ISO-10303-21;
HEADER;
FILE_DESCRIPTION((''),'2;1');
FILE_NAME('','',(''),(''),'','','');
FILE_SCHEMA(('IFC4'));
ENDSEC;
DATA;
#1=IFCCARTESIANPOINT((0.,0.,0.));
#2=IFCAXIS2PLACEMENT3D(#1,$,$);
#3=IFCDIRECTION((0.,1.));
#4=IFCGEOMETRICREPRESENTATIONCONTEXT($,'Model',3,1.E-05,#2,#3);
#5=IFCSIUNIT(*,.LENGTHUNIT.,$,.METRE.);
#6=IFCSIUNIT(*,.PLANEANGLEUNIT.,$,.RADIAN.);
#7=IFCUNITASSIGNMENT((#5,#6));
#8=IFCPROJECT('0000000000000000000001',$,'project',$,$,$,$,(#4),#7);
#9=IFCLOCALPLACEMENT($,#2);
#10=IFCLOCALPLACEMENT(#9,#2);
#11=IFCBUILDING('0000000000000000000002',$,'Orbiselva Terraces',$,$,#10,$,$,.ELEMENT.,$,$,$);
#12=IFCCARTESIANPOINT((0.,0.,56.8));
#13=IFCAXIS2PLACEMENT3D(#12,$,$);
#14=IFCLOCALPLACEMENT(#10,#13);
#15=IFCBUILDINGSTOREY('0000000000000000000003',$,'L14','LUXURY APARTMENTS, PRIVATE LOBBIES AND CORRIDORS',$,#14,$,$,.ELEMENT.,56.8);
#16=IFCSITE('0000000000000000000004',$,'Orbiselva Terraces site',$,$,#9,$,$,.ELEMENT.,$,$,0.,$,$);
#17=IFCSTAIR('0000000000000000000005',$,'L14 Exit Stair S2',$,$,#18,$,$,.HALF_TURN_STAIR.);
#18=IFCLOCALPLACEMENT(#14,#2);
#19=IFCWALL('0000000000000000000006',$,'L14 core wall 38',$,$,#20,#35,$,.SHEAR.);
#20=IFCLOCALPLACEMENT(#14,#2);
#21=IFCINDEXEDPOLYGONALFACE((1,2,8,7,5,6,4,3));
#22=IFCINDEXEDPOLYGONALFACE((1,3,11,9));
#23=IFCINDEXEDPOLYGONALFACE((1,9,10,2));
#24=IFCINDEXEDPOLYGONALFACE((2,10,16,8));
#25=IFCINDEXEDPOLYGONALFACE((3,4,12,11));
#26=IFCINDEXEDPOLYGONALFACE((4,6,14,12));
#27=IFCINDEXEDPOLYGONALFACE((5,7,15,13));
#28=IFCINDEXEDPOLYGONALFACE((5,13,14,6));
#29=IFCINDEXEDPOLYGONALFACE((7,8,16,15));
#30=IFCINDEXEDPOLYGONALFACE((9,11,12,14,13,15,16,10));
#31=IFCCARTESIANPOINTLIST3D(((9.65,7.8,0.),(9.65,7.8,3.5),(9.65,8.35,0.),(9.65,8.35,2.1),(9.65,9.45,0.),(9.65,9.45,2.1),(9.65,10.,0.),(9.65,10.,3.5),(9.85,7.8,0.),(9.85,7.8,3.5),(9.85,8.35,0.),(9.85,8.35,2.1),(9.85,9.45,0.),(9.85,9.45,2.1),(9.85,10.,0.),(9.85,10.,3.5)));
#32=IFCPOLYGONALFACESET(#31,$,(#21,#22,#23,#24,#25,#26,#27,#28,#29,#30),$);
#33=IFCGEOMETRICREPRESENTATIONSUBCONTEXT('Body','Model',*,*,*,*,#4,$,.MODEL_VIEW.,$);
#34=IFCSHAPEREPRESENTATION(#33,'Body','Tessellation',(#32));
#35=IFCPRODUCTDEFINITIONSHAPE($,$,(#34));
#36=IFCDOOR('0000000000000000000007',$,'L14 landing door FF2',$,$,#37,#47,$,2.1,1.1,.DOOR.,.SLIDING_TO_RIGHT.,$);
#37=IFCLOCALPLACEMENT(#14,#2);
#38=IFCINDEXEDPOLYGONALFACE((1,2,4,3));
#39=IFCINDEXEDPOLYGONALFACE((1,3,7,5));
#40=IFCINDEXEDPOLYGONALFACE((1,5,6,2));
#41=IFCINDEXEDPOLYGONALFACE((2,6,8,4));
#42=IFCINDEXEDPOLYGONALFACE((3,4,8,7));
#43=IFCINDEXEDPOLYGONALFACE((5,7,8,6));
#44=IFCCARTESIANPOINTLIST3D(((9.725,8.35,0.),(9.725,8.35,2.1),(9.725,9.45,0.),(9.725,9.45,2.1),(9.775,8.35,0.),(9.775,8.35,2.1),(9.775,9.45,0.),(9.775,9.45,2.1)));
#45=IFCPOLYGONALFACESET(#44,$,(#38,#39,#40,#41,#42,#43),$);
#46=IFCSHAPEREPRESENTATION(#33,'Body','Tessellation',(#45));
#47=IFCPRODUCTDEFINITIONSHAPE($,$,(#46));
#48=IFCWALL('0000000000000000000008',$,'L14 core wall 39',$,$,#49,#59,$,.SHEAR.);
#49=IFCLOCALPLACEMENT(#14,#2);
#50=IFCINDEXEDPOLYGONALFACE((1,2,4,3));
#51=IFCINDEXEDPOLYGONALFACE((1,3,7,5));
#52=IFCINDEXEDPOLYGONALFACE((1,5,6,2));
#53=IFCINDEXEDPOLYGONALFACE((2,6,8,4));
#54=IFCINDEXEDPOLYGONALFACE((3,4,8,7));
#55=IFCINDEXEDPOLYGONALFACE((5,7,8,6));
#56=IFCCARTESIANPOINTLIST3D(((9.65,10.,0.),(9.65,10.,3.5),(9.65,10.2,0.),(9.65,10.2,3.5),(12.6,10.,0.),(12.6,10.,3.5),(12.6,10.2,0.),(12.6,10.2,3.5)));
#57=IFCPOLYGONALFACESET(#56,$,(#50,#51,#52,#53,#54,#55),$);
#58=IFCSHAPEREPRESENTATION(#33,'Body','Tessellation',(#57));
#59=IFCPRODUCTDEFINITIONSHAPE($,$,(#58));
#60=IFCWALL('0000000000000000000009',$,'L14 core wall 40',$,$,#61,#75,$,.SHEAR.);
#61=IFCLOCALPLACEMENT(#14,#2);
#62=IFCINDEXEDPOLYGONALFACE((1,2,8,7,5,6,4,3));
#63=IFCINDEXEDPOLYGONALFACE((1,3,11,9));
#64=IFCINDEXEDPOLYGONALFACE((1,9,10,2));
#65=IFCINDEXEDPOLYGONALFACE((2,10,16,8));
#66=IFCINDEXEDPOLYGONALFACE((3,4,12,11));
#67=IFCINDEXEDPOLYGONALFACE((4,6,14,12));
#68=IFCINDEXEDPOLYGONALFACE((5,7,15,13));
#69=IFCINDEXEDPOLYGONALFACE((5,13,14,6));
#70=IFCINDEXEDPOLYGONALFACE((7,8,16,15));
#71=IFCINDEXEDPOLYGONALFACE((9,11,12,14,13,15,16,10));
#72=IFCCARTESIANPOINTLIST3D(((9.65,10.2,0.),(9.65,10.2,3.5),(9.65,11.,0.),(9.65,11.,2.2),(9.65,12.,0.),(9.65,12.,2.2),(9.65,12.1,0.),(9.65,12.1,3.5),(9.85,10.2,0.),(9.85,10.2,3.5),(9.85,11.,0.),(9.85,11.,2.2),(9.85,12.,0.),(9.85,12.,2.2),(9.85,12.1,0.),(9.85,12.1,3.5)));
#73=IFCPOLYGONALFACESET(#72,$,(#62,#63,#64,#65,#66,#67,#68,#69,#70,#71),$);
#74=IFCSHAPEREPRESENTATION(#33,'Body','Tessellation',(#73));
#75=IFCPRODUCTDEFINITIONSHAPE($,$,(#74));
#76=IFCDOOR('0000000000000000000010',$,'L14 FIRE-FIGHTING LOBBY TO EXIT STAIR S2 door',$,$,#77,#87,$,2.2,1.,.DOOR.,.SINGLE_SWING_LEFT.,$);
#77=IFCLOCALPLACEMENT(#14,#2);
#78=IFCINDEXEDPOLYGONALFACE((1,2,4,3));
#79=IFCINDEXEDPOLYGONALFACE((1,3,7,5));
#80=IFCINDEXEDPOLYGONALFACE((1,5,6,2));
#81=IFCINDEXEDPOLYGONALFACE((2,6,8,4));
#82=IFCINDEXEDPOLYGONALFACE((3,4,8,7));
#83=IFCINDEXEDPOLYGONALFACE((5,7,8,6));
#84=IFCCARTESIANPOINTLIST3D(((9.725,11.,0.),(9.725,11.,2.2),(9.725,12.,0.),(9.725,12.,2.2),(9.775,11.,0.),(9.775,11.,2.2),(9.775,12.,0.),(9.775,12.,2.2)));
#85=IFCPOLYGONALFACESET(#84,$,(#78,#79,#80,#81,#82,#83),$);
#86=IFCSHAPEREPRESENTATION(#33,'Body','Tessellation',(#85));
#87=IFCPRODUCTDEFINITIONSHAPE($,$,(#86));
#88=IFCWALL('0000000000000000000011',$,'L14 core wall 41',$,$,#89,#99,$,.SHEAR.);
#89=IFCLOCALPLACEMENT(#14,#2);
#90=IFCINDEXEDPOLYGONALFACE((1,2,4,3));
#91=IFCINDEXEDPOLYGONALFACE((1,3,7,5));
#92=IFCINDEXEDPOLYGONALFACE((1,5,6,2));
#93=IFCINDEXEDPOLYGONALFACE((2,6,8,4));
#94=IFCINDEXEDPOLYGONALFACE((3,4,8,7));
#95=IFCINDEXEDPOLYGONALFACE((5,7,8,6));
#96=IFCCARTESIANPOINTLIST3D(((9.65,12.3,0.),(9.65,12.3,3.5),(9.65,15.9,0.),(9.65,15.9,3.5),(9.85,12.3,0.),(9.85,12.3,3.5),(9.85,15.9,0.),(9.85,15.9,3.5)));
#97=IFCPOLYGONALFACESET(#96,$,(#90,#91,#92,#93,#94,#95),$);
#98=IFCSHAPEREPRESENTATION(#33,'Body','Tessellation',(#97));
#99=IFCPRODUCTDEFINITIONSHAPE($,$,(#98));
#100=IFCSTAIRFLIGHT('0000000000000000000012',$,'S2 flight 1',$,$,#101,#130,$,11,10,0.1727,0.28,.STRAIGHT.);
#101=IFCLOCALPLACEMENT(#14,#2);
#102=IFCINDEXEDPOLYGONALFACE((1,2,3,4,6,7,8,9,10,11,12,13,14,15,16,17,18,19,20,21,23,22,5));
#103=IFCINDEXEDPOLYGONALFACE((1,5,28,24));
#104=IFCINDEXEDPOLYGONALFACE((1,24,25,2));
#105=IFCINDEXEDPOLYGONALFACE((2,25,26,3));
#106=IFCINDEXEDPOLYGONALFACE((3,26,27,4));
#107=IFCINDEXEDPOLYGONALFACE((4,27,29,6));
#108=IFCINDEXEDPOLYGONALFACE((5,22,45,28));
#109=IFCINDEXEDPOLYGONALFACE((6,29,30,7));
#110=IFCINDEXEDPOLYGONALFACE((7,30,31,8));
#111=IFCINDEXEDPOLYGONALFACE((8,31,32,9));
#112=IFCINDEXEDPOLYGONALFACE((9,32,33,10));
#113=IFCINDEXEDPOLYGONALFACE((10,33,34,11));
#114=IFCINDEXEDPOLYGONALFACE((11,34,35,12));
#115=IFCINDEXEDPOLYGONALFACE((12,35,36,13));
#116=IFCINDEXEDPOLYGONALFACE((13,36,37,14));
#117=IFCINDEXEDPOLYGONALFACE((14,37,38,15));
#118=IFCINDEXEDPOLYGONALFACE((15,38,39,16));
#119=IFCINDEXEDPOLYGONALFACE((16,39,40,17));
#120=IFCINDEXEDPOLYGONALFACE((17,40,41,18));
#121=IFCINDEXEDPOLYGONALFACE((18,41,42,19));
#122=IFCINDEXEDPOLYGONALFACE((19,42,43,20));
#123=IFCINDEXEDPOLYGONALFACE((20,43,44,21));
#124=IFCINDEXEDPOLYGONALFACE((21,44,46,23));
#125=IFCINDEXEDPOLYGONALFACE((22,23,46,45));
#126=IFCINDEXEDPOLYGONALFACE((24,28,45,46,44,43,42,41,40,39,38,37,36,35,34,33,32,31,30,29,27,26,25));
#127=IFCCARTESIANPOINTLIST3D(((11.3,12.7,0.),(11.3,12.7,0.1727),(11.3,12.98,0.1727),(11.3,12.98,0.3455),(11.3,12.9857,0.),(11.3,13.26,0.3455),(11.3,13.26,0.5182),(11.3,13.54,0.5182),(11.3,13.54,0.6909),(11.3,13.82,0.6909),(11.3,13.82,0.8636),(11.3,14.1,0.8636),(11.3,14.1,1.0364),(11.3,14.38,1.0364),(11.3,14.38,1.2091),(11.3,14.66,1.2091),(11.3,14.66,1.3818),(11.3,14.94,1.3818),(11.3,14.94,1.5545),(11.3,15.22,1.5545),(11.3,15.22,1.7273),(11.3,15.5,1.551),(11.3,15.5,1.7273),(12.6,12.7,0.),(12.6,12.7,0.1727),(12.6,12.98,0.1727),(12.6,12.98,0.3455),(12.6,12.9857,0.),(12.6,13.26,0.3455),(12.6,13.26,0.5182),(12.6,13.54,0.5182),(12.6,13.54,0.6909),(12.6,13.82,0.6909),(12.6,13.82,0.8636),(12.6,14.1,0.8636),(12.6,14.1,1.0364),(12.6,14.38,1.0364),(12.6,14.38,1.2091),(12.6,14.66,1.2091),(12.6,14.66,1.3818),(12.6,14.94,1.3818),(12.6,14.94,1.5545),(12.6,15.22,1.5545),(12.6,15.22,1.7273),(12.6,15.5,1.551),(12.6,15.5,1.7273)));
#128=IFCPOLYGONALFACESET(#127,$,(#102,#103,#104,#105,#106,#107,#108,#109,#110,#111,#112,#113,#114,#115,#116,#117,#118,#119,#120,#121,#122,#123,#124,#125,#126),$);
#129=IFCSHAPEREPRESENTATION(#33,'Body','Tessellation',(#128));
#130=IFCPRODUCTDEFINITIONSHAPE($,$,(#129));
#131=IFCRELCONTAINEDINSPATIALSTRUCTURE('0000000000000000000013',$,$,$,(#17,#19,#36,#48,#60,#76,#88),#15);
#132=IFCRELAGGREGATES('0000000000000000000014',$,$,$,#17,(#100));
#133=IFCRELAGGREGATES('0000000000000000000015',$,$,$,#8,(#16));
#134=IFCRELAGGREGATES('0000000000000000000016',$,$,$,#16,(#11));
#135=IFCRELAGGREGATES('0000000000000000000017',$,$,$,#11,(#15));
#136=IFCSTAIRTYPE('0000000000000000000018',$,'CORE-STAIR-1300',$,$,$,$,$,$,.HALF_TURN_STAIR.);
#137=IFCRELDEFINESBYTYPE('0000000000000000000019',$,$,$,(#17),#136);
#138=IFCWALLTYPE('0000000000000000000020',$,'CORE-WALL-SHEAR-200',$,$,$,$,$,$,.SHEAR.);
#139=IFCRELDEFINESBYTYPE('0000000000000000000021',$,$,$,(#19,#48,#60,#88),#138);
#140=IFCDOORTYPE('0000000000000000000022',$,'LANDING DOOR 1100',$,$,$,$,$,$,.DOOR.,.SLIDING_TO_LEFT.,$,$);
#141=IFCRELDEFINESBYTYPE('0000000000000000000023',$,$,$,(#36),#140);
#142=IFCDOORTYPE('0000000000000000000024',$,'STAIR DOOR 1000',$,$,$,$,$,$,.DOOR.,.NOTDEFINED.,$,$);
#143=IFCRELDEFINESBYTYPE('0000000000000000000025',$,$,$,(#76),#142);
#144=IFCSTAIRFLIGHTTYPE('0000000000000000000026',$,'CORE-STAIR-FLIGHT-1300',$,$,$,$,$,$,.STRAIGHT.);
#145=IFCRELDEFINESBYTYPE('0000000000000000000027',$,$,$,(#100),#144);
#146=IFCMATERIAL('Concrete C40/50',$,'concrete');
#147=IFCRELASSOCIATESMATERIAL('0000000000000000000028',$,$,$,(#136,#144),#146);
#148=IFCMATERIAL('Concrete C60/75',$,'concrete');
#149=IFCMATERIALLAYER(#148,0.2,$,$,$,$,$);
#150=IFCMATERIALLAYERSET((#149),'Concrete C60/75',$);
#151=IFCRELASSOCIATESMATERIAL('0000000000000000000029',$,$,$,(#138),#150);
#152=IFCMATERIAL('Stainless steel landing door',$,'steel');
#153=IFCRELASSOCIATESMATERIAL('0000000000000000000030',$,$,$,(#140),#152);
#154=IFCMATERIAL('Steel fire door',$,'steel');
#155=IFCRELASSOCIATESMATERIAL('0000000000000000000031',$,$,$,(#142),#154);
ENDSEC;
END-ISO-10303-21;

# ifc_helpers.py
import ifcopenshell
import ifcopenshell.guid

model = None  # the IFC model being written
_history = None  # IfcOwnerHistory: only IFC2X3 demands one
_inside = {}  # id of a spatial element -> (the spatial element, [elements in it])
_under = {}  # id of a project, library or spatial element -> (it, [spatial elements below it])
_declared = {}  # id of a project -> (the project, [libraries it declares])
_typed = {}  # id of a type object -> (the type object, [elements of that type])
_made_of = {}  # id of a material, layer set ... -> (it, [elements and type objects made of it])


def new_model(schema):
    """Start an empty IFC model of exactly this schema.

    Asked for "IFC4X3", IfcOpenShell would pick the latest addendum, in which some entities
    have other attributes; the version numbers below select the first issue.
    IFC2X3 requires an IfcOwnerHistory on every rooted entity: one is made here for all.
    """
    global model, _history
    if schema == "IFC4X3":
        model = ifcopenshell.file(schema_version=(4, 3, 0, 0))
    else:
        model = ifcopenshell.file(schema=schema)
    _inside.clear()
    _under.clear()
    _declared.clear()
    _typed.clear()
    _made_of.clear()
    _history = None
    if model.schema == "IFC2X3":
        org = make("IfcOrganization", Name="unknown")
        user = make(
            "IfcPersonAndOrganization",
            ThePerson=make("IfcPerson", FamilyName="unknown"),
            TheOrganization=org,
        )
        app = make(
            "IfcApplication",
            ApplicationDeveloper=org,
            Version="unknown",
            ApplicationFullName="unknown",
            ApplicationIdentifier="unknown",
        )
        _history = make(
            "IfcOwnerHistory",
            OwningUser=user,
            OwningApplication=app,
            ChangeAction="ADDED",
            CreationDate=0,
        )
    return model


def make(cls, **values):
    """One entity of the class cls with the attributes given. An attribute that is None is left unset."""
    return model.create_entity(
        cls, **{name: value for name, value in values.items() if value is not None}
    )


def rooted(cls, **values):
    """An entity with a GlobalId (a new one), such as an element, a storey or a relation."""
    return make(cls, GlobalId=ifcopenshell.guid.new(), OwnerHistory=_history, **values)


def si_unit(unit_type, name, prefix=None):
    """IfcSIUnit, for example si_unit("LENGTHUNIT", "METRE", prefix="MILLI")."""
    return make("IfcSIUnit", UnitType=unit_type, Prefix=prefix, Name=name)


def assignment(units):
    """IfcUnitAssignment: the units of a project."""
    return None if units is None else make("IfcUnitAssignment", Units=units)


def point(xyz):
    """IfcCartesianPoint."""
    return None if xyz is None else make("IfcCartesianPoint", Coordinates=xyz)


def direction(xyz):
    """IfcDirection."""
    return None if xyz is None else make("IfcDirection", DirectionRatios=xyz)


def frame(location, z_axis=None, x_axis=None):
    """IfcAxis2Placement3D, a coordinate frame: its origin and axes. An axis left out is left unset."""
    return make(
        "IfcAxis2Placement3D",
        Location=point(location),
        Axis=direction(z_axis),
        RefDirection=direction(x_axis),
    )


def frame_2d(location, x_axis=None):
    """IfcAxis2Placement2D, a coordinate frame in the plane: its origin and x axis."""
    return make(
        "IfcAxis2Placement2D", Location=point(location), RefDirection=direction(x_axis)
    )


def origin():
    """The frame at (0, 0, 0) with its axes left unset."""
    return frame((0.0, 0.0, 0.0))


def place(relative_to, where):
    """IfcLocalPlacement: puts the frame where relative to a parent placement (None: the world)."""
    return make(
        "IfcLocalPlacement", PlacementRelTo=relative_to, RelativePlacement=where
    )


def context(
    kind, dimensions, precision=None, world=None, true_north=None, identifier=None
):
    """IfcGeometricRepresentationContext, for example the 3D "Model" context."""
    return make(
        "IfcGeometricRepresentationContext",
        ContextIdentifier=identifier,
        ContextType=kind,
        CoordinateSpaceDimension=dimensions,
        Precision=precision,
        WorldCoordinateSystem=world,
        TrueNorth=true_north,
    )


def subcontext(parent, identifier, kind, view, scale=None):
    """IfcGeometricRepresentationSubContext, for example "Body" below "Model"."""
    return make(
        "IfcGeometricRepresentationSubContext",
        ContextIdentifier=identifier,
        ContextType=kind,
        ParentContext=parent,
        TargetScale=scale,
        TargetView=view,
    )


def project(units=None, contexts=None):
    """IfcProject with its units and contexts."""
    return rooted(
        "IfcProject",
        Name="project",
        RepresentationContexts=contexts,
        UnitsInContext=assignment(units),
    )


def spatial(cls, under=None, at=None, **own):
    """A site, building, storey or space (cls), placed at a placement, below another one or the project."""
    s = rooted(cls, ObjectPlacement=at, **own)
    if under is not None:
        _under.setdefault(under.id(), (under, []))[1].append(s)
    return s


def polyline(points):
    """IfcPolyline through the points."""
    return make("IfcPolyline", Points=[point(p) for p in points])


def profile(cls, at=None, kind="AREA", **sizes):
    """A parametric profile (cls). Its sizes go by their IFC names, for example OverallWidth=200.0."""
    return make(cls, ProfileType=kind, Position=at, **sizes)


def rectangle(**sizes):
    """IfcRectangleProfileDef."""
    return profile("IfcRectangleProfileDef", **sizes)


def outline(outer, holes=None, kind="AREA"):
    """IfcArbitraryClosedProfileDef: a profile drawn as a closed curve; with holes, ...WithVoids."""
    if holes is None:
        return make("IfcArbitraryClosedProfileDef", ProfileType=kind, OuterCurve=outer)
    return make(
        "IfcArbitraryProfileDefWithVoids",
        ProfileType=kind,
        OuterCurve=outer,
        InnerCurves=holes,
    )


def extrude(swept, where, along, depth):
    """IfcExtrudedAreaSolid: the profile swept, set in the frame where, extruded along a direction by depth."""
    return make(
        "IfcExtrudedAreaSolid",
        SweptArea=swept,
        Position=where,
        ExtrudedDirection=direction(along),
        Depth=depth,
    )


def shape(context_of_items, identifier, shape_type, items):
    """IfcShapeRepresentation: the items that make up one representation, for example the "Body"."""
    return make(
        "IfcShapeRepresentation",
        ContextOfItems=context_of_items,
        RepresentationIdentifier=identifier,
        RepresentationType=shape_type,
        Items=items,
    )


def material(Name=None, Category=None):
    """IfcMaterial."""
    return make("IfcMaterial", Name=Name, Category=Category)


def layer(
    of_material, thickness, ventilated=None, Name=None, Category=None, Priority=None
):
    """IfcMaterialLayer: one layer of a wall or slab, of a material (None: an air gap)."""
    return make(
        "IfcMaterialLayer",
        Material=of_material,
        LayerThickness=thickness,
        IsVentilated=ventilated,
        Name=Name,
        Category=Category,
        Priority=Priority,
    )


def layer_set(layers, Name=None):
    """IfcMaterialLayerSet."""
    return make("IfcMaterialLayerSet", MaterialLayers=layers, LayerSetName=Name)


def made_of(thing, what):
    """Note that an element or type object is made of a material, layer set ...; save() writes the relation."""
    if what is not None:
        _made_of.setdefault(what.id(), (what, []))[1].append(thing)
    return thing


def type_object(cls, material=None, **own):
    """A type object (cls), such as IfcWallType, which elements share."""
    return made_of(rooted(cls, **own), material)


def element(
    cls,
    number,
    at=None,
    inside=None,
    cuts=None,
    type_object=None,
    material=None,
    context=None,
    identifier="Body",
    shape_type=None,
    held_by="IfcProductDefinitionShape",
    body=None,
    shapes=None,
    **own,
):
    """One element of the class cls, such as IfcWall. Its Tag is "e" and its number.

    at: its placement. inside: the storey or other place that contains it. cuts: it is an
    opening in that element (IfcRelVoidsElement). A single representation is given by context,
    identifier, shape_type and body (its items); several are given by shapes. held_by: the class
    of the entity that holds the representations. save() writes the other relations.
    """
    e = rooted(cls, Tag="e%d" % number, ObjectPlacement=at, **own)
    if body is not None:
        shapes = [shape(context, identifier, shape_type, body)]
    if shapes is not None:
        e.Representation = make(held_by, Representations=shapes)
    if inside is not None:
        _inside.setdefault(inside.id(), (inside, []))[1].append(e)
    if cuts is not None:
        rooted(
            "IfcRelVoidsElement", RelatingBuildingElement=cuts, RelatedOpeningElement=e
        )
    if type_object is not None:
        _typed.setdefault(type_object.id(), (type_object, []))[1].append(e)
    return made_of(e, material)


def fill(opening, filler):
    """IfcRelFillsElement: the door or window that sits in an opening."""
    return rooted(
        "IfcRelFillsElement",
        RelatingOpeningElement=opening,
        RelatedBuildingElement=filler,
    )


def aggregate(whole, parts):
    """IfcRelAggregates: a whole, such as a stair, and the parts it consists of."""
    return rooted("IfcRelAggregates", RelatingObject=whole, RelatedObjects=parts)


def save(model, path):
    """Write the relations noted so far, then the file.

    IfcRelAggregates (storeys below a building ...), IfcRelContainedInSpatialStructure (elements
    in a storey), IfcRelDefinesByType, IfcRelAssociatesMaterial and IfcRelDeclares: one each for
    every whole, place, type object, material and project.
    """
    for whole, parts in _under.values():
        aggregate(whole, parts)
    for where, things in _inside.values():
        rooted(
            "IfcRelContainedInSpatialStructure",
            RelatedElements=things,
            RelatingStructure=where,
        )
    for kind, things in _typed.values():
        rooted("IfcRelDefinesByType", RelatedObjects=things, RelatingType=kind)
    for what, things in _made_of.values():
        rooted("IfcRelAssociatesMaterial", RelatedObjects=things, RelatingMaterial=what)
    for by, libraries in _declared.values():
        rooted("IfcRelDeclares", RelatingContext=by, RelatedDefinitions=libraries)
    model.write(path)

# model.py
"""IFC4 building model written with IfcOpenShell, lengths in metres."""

from ifc_helpers import new_model, si_unit, direction, frame, frame_2d, origin, place, context, subcontext, project, spatial, polyline, rectangle, outline, extrude, material, layer, layer_set, type_object, element, fill, aggregate, save


model = new_model("IFC4")

# Units and contexts
model_context = context("Model", 3, precision=1e-05, world=origin(), true_north=direction((0.0, 1.0)))
body_context = subcontext(model_context, "Body", "Model", "MODEL_VIEW")
ifc_project = project(units=[si_unit("LENGTHUNIT", "METRE"), si_unit("PLANEANGLEUNIT", "RADIAN")], contexts=[model_context])

# Site, building, storey
site_placement = place(None, origin())
site = spatial("IfcSite", under=ifc_project, at=site_placement, Name="Orbiselva Terraces site", CompositionType="ELEMENT", RefElevation=0.0)
building_placement = place(site_placement, origin())
building = spatial("IfcBuilding", under=site, at=building_placement, Name="Orbiselva Terraces", CompositionType="ELEMENT")
storey_placement = place(building_placement, frame((0.0, 0.0, 56.8)))
storey = spatial("IfcBuildingStorey", under=building, at=storey_placement, Name="L14", Description="LUXURY APARTMENTS, PRIVATE LOBBIES AND CORRIDORS", CompositionType="ELEMENT", Elevation=56.8)

# Stair
ifc_material_1 = material(Name="Concrete C40/50", Category="concrete")
stair_type_1 = type_object("IfcStairType", Name="CORE-STAIR-1300", PredefinedType="HALF_TURN_STAIR", material=ifc_material_1)
stair_1_placement = place(storey_placement, origin())
stair_1 = element("IfcStair", 1, at=stair_1_placement, inside=storey, type_object=stair_type_1, Name="L14 Exit Stair S2", PredefinedType="HALF_TURN_STAIR")

# Shared definitions
ifc_material_2 = material(Name="Steel fire door", Category="steel")

# Shared definitions
ifc_material_3 = material(Name="Concrete C60/75", Category="concrete")
ifc_layer_1 = layer(ifc_material_3, 0.2)
ifc_layer_set_1 = layer_set([ifc_layer_1], Name="Concrete C60/75")
wall_type_1 = type_object("IfcWallType", Name="CORE-WALL-SHEAR-200", PredefinedType="SHEAR", material=ifc_layer_set_1)

# Shared definitions
ifc_material_4 = material(Name="Stainless steel landing door", Category="steel")
door_type_1 = type_object("IfcDoorType", Name="LANDING DOOR 1100", OperationType="SLIDING_TO_LEFT", PredefinedType="DOOR", material=ifc_material_4)

# Wall, opening, door
wall_1_placement = place(storey_placement, frame((9.75, 7.8, 0.0), z_axis=(0.0, 0.0, 1.0), x_axis=(0.0, 1.0, 0.0)))
wall_1 = element("IfcWall", 2, at=wall_1_placement, inside=storey, type_object=wall_type_1, Name="L14 core wall 38", PredefinedType="SHEAR", context=body_context, shape_type="SweptSolid", body=[
    extrude(rectangle(XDim=2.2, YDim=0.2, at=frame_2d((1.1, 0.0))), origin(), (0.0, 0.0, 1.0), 3.5),
])
opening_1_placement = place(wall_1_placement, frame((0.55, 0.0, 0.0)))
opening_1 = element("IfcOpeningElement", 3, at=opening_1_placement, cuts=wall_1, PredefinedType="OPENING", context=body_context, shape_type="SweptSolid", body=[
    extrude(rectangle(XDim=1.1, YDim=2.1, at=frame_2d((0.55, 1.05))), frame((0.0, 0.11, 0.0), z_axis=(0.0, -1.0, 0.0), x_axis=(1.0, 0.0, 0.0)), (0.0, 0.0, 1.0), 0.22),
])
door_1_placement = place(opening_1_placement, origin())
door_1 = element("IfcDoor", 4, at=door_1_placement, inside=storey, type_object=door_type_1, Name="L14 landing door FF2", OperationType="SLIDING_TO_RIGHT", OverallHeight=2.1, OverallWidth=1.1, PredefinedType="DOOR", context=body_context, shape_type="SweptSolid", body=[
    extrude(rectangle(XDim=1.1, YDim=2.1, at=frame_2d((0.55, 1.05))), frame((0.0, 0.025, 0.0), z_axis=(0.0, -1.0, 0.0), x_axis=(1.0, 0.0, 0.0)), (0.0, 0.0, 1.0), 0.05),
])
fill(opening_1, door_1)

# Wall
wall_2_placement = place(storey_placement, frame((9.65, 10.1, 0.0), z_axis=(0.0, 0.0, 1.0), x_axis=(1.0, 0.0, 0.0)))
element("IfcWall", 5, at=wall_2_placement, inside=storey, type_object=wall_type_1, Name="L14 core wall 39", PredefinedType="SHEAR", context=body_context, shape_type="SweptSolid", body=[
    extrude(rectangle(XDim=2.95, YDim=0.2, at=frame_2d((1.475, 0.0))), origin(), (0.0, 0.0, 1.0), 3.5),
])

# Wall, opening, door
wall_3_placement = place(storey_placement, frame((9.75, 12.1, 0.0), z_axis=(0.0, 0.0, 1.0), x_axis=(0.0, -1.0, 0.0)))
wall_3 = element("IfcWall", 6, at=wall_3_placement, inside=storey, type_object=wall_type_1, Name="L14 core wall 40", PredefinedType="SHEAR", context=body_context, shape_type="SweptSolid", body=[
    extrude(rectangle(XDim=1.9, YDim=0.2, at=frame_2d((0.95, 0.0))), origin(), (0.0, 0.0, 1.0), 3.5),
])
opening_2_placement = place(wall_3_placement, frame((0.1, 0.0, 0.0)))
opening_2 = element("IfcOpeningElement", 7, at=opening_2_placement, cuts=wall_3, PredefinedType="OPENING", context=body_context, shape_type="SweptSolid", body=[
    extrude(rectangle(XDim=1.0, YDim=2.2, at=frame_2d((0.5, 1.1))), frame((0.0, 0.11, 0.0), z_axis=(0.0, -1.0, 0.0), x_axis=(1.0, 0.0, 0.0)), (0.0, 0.0, 1.0), 0.22),
])
door_type_2 = type_object("IfcDoorType", Name="STAIR DOOR 1000", OperationType="NOTDEFINED", PredefinedType="DOOR", material=ifc_material_2)
door_2_placement = place(opening_2_placement, origin())
door_2 = element("IfcDoor", 8, at=door_2_placement, inside=storey, type_object=door_type_2, Name="L14 FIRE-FIGHTING LOBBY TO EXIT STAIR S2 door", OperationType="SINGLE_SWING_LEFT", OverallHeight=2.2, OverallWidth=1.0, PredefinedType="DOOR", context=body_context, shape_type="SweptSolid", body=[
    extrude(rectangle(XDim=1.0, YDim=2.2, at=frame_2d((0.5, 1.1))), frame((0.0, 0.025, 0.0), z_axis=(0.0, -1.0, 0.0), x_axis=(1.0, 0.0, 0.0)), (0.0, 0.0, 1.0), 0.05),
])
fill(opening_2, door_2)

# Wall
wall_4_placement = place(storey_placement, frame((9.75, 12.3, 0.0), z_axis=(0.0, 0.0, 1.0), x_axis=(0.0, 1.0, 0.0)))
element("IfcWall", 9, at=wall_4_placement, inside=storey, type_object=wall_type_1, Name="L14 core wall 41", PredefinedType="SHEAR", context=body_context, shape_type="SweptSolid", body=[
    extrude(rectangle(XDim=3.6, YDim=0.2, at=frame_2d((1.8, 0.0))), origin(), (0.0, 0.0, 1.0), 3.5),
])

# Stair flight
stair_flight_type = type_object("IfcStairFlightType", Name="CORE-STAIR-FLIGHT-1300", PredefinedType="STRAIGHT", material=ifc_material_1)
stair_flight_placement = place(storey_placement, frame((11.95, 12.7, 0.0), z_axis=(0.0, 0.0, 1.0), x_axis=(0.0, 1.0, 0.0)))
stair_flight = element("IfcStairFlight", 10, at=stair_flight_placement, type_object=stair_flight_type, Name="S2 flight 1", NumberOfRisers=11, NumberOfTreads=10, PredefinedType="STRAIGHT", RiserHeight=0.1727, TreadLength=0.28, context=body_context, shape_type="SweptSolid", body=[
    extrude(outline(polyline([(0.0, 0.0), (0.0, 0.1727), (0.28, 0.1727), (0.28, 0.3455), (0.56, 0.3455), (0.56, 0.5182), (0.84, 0.5182), (0.84, 0.6909), (1.12, 0.6909), (1.12, 0.8636), (1.4, 0.8636), (1.4, 1.0364), (1.68, 1.0364), (1.68, 1.2091), (1.96, 1.2091), (1.96, 1.3818), (2.24, 1.3818), (2.24, 1.5545), (2.52, 1.5545), (2.52, 1.7273), (2.8, 1.7273), (2.8, 1.9), (2.8, 1.551), (0.2857, 0.0), (0.0, 0.0)])), frame((0.0, 0.65, 0.0), z_axis=(0.0, -1.0, 0.0), x_axis=(1.0, 0.0, 0.0)), (0.0, 0.0, 1.0), 1.3),
])
aggregate(stair_1, [stair_flight])

save(model, "model.ifc")
